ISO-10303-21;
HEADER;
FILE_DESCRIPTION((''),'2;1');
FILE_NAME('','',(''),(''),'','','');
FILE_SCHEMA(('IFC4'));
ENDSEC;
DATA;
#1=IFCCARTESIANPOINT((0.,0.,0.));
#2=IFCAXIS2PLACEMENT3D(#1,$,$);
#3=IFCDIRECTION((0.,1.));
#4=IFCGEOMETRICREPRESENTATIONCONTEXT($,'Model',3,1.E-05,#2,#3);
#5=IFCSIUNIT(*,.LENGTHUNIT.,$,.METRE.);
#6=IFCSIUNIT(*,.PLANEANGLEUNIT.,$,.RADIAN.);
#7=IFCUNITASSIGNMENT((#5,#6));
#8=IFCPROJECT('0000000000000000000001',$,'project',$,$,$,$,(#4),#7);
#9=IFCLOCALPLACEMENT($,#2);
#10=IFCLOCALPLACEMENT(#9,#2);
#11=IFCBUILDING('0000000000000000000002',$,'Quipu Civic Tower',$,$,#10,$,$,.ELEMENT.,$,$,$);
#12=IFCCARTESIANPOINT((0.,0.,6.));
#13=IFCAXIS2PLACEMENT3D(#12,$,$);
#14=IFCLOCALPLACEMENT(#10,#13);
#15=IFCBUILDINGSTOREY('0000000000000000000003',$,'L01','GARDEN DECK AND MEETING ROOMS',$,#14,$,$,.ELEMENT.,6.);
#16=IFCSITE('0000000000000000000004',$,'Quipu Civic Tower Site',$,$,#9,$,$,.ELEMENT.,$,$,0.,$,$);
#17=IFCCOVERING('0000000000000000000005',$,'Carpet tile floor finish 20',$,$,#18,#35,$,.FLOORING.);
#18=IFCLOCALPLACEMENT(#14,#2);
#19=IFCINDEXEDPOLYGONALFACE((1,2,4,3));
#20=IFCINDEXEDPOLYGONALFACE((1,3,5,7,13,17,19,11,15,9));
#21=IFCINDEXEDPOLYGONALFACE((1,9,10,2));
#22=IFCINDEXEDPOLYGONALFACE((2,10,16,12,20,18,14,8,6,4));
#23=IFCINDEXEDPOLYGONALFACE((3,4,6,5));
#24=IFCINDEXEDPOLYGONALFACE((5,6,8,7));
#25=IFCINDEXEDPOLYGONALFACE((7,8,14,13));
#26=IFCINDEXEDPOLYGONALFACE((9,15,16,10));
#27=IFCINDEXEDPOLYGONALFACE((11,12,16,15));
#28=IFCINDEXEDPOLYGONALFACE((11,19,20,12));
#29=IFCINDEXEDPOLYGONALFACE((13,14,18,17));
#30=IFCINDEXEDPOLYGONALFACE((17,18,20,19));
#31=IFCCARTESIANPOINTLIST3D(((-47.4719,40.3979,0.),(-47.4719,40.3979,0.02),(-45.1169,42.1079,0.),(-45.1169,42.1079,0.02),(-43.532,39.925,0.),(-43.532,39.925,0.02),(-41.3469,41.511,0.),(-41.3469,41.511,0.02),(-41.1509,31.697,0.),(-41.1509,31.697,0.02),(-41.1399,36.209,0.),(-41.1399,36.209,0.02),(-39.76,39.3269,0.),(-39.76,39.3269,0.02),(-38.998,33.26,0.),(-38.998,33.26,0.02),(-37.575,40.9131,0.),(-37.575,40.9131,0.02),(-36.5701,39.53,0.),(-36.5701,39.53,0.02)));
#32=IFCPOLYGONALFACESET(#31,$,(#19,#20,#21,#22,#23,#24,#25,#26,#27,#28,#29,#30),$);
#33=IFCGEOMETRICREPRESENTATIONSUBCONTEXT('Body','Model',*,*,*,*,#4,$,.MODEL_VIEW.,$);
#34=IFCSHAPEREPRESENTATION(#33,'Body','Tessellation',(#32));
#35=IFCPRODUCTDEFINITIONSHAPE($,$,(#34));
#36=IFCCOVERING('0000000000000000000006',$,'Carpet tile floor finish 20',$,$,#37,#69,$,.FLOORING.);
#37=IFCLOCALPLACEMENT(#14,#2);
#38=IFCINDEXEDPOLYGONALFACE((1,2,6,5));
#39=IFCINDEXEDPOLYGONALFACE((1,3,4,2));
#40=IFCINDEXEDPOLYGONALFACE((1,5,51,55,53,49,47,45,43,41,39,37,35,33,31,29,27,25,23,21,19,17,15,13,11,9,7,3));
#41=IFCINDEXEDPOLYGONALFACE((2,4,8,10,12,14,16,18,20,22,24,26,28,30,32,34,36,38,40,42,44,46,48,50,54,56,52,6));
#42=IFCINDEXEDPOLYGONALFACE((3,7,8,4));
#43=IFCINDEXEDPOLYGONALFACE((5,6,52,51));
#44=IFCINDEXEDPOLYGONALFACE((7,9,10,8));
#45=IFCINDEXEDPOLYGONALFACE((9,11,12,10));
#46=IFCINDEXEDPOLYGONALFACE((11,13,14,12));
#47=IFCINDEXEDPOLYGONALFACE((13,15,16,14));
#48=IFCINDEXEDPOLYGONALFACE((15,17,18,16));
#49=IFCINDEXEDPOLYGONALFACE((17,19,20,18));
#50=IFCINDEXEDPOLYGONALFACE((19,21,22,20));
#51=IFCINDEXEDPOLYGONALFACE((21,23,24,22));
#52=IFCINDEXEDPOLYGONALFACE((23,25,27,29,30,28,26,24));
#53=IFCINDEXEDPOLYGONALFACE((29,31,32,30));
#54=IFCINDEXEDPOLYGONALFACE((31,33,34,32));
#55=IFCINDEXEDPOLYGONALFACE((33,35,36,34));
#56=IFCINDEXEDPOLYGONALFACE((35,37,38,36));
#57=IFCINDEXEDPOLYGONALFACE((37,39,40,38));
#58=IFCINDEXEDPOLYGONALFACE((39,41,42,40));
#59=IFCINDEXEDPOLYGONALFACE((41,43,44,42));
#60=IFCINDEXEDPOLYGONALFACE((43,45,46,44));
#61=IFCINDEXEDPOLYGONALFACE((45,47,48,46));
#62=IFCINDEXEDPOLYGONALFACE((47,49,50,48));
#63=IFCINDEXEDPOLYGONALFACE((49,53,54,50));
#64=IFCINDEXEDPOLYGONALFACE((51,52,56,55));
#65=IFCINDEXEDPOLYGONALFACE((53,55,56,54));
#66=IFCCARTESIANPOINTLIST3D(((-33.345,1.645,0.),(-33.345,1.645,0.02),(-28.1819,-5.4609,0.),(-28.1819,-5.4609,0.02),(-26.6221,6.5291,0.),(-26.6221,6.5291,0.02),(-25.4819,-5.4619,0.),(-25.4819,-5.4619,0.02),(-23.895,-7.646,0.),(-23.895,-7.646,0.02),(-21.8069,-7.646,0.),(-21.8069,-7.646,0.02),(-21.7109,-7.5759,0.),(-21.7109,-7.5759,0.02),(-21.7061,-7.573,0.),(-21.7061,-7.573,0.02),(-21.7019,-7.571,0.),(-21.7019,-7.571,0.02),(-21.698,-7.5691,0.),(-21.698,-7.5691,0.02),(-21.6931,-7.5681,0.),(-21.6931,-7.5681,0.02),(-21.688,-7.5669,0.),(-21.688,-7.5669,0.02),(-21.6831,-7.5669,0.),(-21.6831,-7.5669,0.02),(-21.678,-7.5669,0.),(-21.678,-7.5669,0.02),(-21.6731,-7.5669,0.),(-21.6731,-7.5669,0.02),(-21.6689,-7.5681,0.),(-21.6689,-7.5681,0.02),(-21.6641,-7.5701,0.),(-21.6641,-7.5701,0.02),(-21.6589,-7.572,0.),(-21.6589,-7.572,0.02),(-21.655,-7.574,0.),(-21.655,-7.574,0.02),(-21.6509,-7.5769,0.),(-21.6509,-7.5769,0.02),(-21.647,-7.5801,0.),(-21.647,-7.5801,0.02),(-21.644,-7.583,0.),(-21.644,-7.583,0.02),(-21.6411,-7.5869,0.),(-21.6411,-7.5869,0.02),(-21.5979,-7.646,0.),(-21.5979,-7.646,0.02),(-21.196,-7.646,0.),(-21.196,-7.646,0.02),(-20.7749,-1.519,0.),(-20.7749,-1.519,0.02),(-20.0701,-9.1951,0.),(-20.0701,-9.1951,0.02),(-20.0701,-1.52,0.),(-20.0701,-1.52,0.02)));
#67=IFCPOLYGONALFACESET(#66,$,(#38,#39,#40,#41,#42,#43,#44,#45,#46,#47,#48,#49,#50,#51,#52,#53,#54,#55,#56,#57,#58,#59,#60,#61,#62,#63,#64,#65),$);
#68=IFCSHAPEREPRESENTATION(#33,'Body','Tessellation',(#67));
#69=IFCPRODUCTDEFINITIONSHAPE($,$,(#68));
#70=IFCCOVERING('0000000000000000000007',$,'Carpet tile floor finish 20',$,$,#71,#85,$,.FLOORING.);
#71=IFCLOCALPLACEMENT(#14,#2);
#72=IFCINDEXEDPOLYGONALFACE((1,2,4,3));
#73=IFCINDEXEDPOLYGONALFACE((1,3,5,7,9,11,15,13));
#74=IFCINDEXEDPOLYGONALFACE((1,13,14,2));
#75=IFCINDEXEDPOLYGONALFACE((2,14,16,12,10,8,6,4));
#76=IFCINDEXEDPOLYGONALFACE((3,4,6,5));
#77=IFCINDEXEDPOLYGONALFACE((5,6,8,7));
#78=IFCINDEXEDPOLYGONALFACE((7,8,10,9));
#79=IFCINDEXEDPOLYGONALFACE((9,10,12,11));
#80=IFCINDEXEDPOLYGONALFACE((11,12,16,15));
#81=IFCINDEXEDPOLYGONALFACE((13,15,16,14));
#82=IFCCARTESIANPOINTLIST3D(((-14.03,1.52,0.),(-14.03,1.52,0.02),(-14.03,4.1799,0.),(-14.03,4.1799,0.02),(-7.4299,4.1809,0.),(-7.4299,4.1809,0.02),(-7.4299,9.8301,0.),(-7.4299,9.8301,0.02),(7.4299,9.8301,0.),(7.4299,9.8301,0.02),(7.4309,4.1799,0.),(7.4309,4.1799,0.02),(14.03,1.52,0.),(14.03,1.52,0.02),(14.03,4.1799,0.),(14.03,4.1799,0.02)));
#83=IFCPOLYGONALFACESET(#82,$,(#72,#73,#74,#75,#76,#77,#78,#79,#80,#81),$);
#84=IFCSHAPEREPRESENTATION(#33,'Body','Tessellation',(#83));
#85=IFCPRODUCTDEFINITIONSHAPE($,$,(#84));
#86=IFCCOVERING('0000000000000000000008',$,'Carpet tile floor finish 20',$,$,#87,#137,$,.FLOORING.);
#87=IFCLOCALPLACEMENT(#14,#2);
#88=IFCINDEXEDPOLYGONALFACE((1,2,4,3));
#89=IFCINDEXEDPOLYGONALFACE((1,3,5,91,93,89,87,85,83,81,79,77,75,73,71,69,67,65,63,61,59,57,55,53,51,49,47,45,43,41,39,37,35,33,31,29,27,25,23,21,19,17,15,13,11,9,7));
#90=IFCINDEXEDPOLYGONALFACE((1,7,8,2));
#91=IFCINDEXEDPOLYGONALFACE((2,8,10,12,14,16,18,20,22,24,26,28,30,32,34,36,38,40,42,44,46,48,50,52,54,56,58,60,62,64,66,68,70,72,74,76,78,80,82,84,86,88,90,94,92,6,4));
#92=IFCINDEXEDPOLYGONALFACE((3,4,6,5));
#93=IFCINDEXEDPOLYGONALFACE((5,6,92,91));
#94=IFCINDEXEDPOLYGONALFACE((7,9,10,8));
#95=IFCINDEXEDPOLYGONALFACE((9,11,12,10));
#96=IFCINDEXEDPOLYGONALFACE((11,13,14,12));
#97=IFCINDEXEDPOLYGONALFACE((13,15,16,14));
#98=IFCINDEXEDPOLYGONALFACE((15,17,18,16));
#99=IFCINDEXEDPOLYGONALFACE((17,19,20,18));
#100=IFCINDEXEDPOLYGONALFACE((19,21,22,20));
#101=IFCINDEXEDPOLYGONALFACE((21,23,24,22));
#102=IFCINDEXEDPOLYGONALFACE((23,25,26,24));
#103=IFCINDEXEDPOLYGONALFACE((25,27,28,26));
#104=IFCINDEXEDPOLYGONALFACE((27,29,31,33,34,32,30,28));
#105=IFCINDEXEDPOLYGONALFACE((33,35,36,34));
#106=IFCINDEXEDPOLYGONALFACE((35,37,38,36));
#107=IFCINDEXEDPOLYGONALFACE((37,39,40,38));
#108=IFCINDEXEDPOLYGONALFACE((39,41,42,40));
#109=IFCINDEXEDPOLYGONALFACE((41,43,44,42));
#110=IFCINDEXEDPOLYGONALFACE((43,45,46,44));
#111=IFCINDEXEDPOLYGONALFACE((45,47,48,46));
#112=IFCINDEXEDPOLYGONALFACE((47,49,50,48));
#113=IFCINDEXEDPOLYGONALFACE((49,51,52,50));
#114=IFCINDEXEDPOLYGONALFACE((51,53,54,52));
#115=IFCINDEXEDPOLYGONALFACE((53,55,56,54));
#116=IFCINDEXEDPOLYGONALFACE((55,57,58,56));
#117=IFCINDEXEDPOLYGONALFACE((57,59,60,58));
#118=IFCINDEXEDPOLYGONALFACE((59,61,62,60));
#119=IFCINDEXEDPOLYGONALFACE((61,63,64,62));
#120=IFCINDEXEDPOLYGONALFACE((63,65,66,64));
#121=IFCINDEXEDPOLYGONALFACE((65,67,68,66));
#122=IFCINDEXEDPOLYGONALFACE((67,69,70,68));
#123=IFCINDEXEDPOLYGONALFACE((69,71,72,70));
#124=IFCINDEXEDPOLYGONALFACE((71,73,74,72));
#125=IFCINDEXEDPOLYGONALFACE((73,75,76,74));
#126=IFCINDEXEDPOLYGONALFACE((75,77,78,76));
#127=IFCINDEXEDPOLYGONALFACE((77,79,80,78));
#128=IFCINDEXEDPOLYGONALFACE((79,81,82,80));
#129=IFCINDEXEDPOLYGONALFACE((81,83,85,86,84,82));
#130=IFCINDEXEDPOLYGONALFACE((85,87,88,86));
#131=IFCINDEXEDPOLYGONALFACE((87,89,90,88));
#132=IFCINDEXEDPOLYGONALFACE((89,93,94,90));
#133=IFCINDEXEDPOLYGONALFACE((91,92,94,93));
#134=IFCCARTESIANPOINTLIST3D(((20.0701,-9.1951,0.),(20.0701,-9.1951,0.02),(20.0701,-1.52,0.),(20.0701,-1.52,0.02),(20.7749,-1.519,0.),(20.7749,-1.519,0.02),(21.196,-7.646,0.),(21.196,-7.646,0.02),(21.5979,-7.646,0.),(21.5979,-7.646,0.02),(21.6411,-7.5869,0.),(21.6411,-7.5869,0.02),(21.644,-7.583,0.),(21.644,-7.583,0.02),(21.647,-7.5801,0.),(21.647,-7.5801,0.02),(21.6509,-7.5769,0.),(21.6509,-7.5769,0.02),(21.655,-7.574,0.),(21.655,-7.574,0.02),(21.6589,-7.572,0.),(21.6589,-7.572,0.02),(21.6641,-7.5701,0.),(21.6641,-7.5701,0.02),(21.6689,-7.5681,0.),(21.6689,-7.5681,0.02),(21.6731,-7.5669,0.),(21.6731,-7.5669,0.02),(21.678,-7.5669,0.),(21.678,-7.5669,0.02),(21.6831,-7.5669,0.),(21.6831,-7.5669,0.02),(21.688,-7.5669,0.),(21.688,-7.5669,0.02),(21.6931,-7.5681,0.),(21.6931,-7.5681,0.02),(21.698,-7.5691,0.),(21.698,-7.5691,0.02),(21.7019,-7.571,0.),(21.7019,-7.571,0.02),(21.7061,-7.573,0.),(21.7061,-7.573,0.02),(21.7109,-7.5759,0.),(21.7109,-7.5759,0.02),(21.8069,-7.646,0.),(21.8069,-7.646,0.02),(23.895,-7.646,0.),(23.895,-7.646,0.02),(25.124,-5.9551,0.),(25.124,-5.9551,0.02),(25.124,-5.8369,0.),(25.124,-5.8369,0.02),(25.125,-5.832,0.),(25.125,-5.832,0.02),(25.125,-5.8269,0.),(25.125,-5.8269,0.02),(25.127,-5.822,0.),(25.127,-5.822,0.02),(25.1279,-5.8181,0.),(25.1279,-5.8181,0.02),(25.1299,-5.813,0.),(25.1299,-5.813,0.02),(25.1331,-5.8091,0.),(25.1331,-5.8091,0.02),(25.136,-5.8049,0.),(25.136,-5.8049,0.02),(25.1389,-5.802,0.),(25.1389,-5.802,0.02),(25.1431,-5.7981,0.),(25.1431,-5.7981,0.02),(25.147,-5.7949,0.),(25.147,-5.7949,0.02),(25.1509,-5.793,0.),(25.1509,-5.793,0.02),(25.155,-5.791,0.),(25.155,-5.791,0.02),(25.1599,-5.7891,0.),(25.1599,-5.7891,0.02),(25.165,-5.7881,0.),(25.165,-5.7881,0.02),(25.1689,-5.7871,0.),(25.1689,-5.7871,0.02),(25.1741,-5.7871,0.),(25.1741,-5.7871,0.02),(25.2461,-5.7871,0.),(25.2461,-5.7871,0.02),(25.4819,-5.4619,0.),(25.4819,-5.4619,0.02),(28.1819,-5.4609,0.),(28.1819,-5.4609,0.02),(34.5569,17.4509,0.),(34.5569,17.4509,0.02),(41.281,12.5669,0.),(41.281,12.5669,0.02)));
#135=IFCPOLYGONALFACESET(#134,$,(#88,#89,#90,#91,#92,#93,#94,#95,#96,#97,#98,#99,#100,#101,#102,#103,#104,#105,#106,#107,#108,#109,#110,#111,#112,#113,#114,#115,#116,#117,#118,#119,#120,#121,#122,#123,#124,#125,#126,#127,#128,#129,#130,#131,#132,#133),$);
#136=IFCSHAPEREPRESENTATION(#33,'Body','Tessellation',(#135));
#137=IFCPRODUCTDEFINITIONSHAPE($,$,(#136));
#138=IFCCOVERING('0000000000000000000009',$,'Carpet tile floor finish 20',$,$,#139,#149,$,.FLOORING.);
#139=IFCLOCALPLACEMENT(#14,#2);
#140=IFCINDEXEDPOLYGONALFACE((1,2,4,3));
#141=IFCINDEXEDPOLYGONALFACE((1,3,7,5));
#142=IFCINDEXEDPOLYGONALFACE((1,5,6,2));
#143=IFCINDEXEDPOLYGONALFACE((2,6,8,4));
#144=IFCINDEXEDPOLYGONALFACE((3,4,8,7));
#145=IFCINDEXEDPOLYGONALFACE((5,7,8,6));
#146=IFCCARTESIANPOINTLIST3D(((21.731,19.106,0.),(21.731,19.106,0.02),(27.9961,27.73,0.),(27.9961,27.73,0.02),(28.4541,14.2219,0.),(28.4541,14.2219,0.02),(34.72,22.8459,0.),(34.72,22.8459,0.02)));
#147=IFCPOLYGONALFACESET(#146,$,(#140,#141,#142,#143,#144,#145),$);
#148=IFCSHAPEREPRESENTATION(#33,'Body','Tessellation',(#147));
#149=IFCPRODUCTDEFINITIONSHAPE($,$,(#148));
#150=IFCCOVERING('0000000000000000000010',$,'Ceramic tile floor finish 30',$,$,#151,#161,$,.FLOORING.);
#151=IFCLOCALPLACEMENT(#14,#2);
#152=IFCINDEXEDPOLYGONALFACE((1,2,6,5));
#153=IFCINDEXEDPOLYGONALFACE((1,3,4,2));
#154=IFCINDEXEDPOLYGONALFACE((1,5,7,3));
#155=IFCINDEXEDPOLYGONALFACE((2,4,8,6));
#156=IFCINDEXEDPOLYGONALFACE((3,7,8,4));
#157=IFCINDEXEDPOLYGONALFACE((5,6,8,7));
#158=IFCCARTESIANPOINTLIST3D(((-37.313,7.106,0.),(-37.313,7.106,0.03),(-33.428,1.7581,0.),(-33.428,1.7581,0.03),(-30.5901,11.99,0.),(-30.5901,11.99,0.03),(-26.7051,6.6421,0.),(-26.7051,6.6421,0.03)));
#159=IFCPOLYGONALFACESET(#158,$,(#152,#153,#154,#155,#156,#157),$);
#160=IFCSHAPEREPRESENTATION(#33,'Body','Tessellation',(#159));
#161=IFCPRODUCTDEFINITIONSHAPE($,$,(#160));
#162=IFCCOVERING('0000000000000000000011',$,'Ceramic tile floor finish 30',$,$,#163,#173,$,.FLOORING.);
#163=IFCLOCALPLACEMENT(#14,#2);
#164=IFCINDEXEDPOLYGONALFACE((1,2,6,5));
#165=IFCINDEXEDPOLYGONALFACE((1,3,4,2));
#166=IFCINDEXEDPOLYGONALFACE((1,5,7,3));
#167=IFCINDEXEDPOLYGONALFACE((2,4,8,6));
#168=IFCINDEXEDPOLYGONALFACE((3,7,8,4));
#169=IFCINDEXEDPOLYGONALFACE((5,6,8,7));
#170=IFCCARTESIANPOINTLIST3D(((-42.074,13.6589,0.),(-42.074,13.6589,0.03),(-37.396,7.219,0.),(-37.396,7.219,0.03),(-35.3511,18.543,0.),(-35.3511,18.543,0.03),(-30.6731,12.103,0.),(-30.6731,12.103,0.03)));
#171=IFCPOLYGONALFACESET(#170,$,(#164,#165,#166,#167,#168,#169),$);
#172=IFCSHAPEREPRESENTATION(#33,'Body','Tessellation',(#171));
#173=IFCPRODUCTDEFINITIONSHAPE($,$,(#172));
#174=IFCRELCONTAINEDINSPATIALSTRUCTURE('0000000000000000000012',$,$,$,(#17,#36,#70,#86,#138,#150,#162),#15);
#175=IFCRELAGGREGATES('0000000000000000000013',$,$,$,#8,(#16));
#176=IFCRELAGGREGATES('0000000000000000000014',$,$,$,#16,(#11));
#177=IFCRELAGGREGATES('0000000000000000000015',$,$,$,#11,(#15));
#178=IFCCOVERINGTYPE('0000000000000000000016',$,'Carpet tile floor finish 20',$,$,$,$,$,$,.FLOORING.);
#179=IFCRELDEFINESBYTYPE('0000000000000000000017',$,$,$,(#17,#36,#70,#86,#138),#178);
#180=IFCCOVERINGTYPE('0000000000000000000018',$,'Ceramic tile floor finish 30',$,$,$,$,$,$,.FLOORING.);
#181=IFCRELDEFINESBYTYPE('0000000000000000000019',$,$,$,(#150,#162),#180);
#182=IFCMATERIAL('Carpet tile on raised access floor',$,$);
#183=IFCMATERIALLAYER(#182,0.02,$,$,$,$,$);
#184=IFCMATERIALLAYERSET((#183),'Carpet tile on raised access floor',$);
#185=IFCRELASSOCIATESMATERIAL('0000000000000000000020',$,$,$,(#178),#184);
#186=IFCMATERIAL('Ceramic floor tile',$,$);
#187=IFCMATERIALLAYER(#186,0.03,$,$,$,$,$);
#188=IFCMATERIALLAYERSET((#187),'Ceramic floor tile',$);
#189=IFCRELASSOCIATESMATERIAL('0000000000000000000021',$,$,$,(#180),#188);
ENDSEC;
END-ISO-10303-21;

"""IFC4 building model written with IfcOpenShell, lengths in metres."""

from ifc_helpers import new_model, si_unit, direction, frame, origin, place, context, subcontext, project, spatial, polyline, outline, extrude, material, layer, layer_set, type_object, element, save


model = new_model("IFC4")

# Units and contexts
model_context = context("Model", 3, precision=1e-05, world=origin(), true_north=direction((0.0, 1.0)))
body_context = subcontext(model_context, "Body", "Model", "MODEL_VIEW")
ifc_project = project(units=[si_unit("LENGTHUNIT", "METRE"), si_unit("PLANEANGLEUNIT", "RADIAN")], contexts=[model_context])

# Site, building, storey
site_placement = place(None, origin())
site = spatial("IfcSite", under=ifc_project, at=site_placement, Name="Quipu Civic Tower Site", CompositionType="ELEMENT", RefElevation=0.0)
building_placement = place(site_placement, origin())
building = spatial("IfcBuilding", under=site, at=building_placement, Name="Quipu Civic Tower", CompositionType="ELEMENT")
storey_placement = place(building_placement, frame((0.0, 0.0, 6.0)))
storey = spatial("IfcBuildingStorey", under=building, at=storey_placement, Name="L01", Description="GARDEN DECK AND MEETING ROOMS", CompositionType="ELEMENT", Elevation=6.0)

# Coverings
ifc_material_1 = material(Name="Carpet tile on raised access floor")
ifc_layer_1 = layer(ifc_material_1, 0.02)
ifc_layer_set_1 = layer_set([ifc_layer_1], Name="Carpet tile on raised access floor")
covering_type_1 = type_object("IfcCoveringType", Name="Carpet tile floor finish 20", PredefinedType="FLOORING", material=ifc_layer_set_1)
covering_1_placement = place(storey_placement, origin())
element("IfcCovering", 1, at=covering_1_placement, inside=storey, type_object=covering_type_1, Name="Carpet tile floor finish 20", PredefinedType="FLOORING", context=body_context, shape_type="SweptSolid", body=[
    extrude(outline(polyline([(-47.4719, 40.3979), (-45.1169, 42.1079), (-43.532, 39.925), (-41.3469, 41.511), (-39.76, 39.3269), (-37.575, 40.9131), (-36.5701, 39.53), (-41.1399, 36.209), (-38.998, 33.26), (-41.1509, 31.697), (-47.4719, 40.3979)])), origin(), (0.0, 0.0, 1.0), 0.02),
])
covering_2_placement = place(storey_placement, origin())
element("IfcCovering", 2, at=covering_2_placement, inside=storey, type_object=covering_type_1, Name="Carpet tile floor finish 20", PredefinedType="FLOORING", context=body_context, shape_type="SweptSolid", body=[
    extrude(outline(polyline([(-33.345, 1.645), (-26.6221, 6.5291), (-20.7749, -1.519), (-20.0701, -1.52), (-20.0701, -9.1951), (-21.196, -7.646), (-21.5979, -7.646), (-21.6411, -7.5869), (-21.644, -7.583), (-21.647, -7.5801), (-21.6509, -7.5769), (-21.655, -7.574), (-21.6589, -7.572), (-21.6641, -7.5701), (-21.6689, -7.5681), (-21.6731, -7.5669), (-21.678, -7.5669), (-21.6831, -7.5669), (-21.688, -7.5669), (-21.6931, -7.5681), (-21.698, -7.5691), (-21.7019, -7.571), (-21.7061, -7.573), (-21.7109, -7.5759), (-21.8069, -7.646), (-23.895, -7.646), (-25.4819, -5.4619), (-28.1819, -5.4609), (-33.345, 1.645)])), origin(), (0.0, 0.0, 1.0), 0.02),
])
covering_3_placement = place(storey_placement, origin())
element("IfcCovering", 3, at=covering_3_placement, inside=storey, type_object=covering_type_1, Name="Carpet tile floor finish 20", PredefinedType="FLOORING", context=body_context, shape_type="SweptSolid", body=[
    extrude(outline(polyline([(-14.03, 1.52), (-14.03, 4.1799), (-7.4299, 4.1809), (-7.4299, 9.8301), (7.4299, 9.8301), (7.4309, 4.1799), (14.03, 4.1799), (14.03, 1.52), (-14.03, 1.52)])), origin(), (0.0, 0.0, 1.0), 0.02),
])
covering_4_placement = place(storey_placement, origin())
element("IfcCovering", 4, at=covering_4_placement, inside=storey, type_object=covering_type_1, Name="Carpet tile floor finish 20", PredefinedType="FLOORING", context=body_context, shape_type="SweptSolid", body=[
    extrude(outline(polyline([(20.0701, -9.1951), (20.0701, -1.52), (20.7749, -1.519), (34.5569, 17.4509), (41.281, 12.5669), (28.1819, -5.4609), (25.4819, -5.4619), (25.2461, -5.7871), (25.1741, -5.7871), (25.1689, -5.7871), (25.165, -5.7881), (25.1599, -5.7891), (25.155, -5.791), (25.1509, -5.793), (25.147, -5.7949), (25.1431, -5.7981), (25.1389, -5.802), (25.136, -5.8049), (25.1331, -5.8091), (25.1299, -5.813), (25.1279, -5.8181), (25.127, -5.822), (25.125, -5.8269), (25.125, -5.832), (25.124, -5.8369), (25.124, -5.9551), (23.895, -7.646), (21.8069, -7.646), (21.7109, -7.5759), (21.7061, -7.573), (21.7019, -7.571), (21.698, -7.5691), (21.6931, -7.5681), (21.688, -7.5669), (21.6831, -7.5669), (21.678, -7.5669), (21.6731, -7.5669), (21.6689, -7.5681), (21.6641, -7.5701), (21.6589, -7.572), (21.655, -7.574), (21.6509, -7.5769), (21.647, -7.5801), (21.644, -7.583), (21.6411, -7.5869), (21.5979, -7.646), (21.196, -7.646), (20.0701, -9.1951)])), origin(), (0.0, 0.0, 1.0), 0.02),
])
covering_5_placement = place(storey_placement, origin())
element("IfcCovering", 5, at=covering_5_placement, inside=storey, type_object=covering_type_1, Name="Carpet tile floor finish 20", PredefinedType="FLOORING", context=body_context, shape_type="SweptSolid", body=[
    extrude(outline(polyline([(21.731, 19.106), (27.9961, 27.73), (34.72, 22.8459), (28.4541, 14.2219), (21.731, 19.106)])), origin(), (0.0, 0.0, 1.0), 0.02),
])
ifc_material_2 = material(Name="Ceramic floor tile")
ifc_layer_2 = layer(ifc_material_2, 0.03)
ifc_layer_set_2 = layer_set([ifc_layer_2], Name="Ceramic floor tile")
covering_type_2 = type_object("IfcCoveringType", Name="Ceramic tile floor finish 30", PredefinedType="FLOORING", material=ifc_layer_set_2)
covering_6_placement = place(storey_placement, origin())
element("IfcCovering", 6, at=covering_6_placement, inside=storey, type_object=covering_type_2, Name="Ceramic tile floor finish 30", PredefinedType="FLOORING", context=body_context, shape_type="SweptSolid", body=[
    extrude(outline(polyline([(-37.313, 7.106), (-30.5901, 11.99), (-26.7051, 6.6421), (-33.428, 1.7581), (-37.313, 7.106)])), origin(), (0.0, 0.0, 1.0), 0.03),
])
covering_7_placement = place(storey_placement, origin())
element("IfcCovering", 7, at=covering_7_placement, inside=storey, type_object=covering_type_2, Name="Ceramic tile floor finish 30", PredefinedType="FLOORING", context=body_context, shape_type="SweptSolid", body=[
    extrude(outline(polyline([(-42.074, 13.6589), (-35.3511, 18.543), (-30.6731, 12.103), (-37.396, 7.219), (-42.074, 13.6589)])), origin(), (0.0, 0.0, 1.0), 0.03),
])

save(model, "model.ifc")
